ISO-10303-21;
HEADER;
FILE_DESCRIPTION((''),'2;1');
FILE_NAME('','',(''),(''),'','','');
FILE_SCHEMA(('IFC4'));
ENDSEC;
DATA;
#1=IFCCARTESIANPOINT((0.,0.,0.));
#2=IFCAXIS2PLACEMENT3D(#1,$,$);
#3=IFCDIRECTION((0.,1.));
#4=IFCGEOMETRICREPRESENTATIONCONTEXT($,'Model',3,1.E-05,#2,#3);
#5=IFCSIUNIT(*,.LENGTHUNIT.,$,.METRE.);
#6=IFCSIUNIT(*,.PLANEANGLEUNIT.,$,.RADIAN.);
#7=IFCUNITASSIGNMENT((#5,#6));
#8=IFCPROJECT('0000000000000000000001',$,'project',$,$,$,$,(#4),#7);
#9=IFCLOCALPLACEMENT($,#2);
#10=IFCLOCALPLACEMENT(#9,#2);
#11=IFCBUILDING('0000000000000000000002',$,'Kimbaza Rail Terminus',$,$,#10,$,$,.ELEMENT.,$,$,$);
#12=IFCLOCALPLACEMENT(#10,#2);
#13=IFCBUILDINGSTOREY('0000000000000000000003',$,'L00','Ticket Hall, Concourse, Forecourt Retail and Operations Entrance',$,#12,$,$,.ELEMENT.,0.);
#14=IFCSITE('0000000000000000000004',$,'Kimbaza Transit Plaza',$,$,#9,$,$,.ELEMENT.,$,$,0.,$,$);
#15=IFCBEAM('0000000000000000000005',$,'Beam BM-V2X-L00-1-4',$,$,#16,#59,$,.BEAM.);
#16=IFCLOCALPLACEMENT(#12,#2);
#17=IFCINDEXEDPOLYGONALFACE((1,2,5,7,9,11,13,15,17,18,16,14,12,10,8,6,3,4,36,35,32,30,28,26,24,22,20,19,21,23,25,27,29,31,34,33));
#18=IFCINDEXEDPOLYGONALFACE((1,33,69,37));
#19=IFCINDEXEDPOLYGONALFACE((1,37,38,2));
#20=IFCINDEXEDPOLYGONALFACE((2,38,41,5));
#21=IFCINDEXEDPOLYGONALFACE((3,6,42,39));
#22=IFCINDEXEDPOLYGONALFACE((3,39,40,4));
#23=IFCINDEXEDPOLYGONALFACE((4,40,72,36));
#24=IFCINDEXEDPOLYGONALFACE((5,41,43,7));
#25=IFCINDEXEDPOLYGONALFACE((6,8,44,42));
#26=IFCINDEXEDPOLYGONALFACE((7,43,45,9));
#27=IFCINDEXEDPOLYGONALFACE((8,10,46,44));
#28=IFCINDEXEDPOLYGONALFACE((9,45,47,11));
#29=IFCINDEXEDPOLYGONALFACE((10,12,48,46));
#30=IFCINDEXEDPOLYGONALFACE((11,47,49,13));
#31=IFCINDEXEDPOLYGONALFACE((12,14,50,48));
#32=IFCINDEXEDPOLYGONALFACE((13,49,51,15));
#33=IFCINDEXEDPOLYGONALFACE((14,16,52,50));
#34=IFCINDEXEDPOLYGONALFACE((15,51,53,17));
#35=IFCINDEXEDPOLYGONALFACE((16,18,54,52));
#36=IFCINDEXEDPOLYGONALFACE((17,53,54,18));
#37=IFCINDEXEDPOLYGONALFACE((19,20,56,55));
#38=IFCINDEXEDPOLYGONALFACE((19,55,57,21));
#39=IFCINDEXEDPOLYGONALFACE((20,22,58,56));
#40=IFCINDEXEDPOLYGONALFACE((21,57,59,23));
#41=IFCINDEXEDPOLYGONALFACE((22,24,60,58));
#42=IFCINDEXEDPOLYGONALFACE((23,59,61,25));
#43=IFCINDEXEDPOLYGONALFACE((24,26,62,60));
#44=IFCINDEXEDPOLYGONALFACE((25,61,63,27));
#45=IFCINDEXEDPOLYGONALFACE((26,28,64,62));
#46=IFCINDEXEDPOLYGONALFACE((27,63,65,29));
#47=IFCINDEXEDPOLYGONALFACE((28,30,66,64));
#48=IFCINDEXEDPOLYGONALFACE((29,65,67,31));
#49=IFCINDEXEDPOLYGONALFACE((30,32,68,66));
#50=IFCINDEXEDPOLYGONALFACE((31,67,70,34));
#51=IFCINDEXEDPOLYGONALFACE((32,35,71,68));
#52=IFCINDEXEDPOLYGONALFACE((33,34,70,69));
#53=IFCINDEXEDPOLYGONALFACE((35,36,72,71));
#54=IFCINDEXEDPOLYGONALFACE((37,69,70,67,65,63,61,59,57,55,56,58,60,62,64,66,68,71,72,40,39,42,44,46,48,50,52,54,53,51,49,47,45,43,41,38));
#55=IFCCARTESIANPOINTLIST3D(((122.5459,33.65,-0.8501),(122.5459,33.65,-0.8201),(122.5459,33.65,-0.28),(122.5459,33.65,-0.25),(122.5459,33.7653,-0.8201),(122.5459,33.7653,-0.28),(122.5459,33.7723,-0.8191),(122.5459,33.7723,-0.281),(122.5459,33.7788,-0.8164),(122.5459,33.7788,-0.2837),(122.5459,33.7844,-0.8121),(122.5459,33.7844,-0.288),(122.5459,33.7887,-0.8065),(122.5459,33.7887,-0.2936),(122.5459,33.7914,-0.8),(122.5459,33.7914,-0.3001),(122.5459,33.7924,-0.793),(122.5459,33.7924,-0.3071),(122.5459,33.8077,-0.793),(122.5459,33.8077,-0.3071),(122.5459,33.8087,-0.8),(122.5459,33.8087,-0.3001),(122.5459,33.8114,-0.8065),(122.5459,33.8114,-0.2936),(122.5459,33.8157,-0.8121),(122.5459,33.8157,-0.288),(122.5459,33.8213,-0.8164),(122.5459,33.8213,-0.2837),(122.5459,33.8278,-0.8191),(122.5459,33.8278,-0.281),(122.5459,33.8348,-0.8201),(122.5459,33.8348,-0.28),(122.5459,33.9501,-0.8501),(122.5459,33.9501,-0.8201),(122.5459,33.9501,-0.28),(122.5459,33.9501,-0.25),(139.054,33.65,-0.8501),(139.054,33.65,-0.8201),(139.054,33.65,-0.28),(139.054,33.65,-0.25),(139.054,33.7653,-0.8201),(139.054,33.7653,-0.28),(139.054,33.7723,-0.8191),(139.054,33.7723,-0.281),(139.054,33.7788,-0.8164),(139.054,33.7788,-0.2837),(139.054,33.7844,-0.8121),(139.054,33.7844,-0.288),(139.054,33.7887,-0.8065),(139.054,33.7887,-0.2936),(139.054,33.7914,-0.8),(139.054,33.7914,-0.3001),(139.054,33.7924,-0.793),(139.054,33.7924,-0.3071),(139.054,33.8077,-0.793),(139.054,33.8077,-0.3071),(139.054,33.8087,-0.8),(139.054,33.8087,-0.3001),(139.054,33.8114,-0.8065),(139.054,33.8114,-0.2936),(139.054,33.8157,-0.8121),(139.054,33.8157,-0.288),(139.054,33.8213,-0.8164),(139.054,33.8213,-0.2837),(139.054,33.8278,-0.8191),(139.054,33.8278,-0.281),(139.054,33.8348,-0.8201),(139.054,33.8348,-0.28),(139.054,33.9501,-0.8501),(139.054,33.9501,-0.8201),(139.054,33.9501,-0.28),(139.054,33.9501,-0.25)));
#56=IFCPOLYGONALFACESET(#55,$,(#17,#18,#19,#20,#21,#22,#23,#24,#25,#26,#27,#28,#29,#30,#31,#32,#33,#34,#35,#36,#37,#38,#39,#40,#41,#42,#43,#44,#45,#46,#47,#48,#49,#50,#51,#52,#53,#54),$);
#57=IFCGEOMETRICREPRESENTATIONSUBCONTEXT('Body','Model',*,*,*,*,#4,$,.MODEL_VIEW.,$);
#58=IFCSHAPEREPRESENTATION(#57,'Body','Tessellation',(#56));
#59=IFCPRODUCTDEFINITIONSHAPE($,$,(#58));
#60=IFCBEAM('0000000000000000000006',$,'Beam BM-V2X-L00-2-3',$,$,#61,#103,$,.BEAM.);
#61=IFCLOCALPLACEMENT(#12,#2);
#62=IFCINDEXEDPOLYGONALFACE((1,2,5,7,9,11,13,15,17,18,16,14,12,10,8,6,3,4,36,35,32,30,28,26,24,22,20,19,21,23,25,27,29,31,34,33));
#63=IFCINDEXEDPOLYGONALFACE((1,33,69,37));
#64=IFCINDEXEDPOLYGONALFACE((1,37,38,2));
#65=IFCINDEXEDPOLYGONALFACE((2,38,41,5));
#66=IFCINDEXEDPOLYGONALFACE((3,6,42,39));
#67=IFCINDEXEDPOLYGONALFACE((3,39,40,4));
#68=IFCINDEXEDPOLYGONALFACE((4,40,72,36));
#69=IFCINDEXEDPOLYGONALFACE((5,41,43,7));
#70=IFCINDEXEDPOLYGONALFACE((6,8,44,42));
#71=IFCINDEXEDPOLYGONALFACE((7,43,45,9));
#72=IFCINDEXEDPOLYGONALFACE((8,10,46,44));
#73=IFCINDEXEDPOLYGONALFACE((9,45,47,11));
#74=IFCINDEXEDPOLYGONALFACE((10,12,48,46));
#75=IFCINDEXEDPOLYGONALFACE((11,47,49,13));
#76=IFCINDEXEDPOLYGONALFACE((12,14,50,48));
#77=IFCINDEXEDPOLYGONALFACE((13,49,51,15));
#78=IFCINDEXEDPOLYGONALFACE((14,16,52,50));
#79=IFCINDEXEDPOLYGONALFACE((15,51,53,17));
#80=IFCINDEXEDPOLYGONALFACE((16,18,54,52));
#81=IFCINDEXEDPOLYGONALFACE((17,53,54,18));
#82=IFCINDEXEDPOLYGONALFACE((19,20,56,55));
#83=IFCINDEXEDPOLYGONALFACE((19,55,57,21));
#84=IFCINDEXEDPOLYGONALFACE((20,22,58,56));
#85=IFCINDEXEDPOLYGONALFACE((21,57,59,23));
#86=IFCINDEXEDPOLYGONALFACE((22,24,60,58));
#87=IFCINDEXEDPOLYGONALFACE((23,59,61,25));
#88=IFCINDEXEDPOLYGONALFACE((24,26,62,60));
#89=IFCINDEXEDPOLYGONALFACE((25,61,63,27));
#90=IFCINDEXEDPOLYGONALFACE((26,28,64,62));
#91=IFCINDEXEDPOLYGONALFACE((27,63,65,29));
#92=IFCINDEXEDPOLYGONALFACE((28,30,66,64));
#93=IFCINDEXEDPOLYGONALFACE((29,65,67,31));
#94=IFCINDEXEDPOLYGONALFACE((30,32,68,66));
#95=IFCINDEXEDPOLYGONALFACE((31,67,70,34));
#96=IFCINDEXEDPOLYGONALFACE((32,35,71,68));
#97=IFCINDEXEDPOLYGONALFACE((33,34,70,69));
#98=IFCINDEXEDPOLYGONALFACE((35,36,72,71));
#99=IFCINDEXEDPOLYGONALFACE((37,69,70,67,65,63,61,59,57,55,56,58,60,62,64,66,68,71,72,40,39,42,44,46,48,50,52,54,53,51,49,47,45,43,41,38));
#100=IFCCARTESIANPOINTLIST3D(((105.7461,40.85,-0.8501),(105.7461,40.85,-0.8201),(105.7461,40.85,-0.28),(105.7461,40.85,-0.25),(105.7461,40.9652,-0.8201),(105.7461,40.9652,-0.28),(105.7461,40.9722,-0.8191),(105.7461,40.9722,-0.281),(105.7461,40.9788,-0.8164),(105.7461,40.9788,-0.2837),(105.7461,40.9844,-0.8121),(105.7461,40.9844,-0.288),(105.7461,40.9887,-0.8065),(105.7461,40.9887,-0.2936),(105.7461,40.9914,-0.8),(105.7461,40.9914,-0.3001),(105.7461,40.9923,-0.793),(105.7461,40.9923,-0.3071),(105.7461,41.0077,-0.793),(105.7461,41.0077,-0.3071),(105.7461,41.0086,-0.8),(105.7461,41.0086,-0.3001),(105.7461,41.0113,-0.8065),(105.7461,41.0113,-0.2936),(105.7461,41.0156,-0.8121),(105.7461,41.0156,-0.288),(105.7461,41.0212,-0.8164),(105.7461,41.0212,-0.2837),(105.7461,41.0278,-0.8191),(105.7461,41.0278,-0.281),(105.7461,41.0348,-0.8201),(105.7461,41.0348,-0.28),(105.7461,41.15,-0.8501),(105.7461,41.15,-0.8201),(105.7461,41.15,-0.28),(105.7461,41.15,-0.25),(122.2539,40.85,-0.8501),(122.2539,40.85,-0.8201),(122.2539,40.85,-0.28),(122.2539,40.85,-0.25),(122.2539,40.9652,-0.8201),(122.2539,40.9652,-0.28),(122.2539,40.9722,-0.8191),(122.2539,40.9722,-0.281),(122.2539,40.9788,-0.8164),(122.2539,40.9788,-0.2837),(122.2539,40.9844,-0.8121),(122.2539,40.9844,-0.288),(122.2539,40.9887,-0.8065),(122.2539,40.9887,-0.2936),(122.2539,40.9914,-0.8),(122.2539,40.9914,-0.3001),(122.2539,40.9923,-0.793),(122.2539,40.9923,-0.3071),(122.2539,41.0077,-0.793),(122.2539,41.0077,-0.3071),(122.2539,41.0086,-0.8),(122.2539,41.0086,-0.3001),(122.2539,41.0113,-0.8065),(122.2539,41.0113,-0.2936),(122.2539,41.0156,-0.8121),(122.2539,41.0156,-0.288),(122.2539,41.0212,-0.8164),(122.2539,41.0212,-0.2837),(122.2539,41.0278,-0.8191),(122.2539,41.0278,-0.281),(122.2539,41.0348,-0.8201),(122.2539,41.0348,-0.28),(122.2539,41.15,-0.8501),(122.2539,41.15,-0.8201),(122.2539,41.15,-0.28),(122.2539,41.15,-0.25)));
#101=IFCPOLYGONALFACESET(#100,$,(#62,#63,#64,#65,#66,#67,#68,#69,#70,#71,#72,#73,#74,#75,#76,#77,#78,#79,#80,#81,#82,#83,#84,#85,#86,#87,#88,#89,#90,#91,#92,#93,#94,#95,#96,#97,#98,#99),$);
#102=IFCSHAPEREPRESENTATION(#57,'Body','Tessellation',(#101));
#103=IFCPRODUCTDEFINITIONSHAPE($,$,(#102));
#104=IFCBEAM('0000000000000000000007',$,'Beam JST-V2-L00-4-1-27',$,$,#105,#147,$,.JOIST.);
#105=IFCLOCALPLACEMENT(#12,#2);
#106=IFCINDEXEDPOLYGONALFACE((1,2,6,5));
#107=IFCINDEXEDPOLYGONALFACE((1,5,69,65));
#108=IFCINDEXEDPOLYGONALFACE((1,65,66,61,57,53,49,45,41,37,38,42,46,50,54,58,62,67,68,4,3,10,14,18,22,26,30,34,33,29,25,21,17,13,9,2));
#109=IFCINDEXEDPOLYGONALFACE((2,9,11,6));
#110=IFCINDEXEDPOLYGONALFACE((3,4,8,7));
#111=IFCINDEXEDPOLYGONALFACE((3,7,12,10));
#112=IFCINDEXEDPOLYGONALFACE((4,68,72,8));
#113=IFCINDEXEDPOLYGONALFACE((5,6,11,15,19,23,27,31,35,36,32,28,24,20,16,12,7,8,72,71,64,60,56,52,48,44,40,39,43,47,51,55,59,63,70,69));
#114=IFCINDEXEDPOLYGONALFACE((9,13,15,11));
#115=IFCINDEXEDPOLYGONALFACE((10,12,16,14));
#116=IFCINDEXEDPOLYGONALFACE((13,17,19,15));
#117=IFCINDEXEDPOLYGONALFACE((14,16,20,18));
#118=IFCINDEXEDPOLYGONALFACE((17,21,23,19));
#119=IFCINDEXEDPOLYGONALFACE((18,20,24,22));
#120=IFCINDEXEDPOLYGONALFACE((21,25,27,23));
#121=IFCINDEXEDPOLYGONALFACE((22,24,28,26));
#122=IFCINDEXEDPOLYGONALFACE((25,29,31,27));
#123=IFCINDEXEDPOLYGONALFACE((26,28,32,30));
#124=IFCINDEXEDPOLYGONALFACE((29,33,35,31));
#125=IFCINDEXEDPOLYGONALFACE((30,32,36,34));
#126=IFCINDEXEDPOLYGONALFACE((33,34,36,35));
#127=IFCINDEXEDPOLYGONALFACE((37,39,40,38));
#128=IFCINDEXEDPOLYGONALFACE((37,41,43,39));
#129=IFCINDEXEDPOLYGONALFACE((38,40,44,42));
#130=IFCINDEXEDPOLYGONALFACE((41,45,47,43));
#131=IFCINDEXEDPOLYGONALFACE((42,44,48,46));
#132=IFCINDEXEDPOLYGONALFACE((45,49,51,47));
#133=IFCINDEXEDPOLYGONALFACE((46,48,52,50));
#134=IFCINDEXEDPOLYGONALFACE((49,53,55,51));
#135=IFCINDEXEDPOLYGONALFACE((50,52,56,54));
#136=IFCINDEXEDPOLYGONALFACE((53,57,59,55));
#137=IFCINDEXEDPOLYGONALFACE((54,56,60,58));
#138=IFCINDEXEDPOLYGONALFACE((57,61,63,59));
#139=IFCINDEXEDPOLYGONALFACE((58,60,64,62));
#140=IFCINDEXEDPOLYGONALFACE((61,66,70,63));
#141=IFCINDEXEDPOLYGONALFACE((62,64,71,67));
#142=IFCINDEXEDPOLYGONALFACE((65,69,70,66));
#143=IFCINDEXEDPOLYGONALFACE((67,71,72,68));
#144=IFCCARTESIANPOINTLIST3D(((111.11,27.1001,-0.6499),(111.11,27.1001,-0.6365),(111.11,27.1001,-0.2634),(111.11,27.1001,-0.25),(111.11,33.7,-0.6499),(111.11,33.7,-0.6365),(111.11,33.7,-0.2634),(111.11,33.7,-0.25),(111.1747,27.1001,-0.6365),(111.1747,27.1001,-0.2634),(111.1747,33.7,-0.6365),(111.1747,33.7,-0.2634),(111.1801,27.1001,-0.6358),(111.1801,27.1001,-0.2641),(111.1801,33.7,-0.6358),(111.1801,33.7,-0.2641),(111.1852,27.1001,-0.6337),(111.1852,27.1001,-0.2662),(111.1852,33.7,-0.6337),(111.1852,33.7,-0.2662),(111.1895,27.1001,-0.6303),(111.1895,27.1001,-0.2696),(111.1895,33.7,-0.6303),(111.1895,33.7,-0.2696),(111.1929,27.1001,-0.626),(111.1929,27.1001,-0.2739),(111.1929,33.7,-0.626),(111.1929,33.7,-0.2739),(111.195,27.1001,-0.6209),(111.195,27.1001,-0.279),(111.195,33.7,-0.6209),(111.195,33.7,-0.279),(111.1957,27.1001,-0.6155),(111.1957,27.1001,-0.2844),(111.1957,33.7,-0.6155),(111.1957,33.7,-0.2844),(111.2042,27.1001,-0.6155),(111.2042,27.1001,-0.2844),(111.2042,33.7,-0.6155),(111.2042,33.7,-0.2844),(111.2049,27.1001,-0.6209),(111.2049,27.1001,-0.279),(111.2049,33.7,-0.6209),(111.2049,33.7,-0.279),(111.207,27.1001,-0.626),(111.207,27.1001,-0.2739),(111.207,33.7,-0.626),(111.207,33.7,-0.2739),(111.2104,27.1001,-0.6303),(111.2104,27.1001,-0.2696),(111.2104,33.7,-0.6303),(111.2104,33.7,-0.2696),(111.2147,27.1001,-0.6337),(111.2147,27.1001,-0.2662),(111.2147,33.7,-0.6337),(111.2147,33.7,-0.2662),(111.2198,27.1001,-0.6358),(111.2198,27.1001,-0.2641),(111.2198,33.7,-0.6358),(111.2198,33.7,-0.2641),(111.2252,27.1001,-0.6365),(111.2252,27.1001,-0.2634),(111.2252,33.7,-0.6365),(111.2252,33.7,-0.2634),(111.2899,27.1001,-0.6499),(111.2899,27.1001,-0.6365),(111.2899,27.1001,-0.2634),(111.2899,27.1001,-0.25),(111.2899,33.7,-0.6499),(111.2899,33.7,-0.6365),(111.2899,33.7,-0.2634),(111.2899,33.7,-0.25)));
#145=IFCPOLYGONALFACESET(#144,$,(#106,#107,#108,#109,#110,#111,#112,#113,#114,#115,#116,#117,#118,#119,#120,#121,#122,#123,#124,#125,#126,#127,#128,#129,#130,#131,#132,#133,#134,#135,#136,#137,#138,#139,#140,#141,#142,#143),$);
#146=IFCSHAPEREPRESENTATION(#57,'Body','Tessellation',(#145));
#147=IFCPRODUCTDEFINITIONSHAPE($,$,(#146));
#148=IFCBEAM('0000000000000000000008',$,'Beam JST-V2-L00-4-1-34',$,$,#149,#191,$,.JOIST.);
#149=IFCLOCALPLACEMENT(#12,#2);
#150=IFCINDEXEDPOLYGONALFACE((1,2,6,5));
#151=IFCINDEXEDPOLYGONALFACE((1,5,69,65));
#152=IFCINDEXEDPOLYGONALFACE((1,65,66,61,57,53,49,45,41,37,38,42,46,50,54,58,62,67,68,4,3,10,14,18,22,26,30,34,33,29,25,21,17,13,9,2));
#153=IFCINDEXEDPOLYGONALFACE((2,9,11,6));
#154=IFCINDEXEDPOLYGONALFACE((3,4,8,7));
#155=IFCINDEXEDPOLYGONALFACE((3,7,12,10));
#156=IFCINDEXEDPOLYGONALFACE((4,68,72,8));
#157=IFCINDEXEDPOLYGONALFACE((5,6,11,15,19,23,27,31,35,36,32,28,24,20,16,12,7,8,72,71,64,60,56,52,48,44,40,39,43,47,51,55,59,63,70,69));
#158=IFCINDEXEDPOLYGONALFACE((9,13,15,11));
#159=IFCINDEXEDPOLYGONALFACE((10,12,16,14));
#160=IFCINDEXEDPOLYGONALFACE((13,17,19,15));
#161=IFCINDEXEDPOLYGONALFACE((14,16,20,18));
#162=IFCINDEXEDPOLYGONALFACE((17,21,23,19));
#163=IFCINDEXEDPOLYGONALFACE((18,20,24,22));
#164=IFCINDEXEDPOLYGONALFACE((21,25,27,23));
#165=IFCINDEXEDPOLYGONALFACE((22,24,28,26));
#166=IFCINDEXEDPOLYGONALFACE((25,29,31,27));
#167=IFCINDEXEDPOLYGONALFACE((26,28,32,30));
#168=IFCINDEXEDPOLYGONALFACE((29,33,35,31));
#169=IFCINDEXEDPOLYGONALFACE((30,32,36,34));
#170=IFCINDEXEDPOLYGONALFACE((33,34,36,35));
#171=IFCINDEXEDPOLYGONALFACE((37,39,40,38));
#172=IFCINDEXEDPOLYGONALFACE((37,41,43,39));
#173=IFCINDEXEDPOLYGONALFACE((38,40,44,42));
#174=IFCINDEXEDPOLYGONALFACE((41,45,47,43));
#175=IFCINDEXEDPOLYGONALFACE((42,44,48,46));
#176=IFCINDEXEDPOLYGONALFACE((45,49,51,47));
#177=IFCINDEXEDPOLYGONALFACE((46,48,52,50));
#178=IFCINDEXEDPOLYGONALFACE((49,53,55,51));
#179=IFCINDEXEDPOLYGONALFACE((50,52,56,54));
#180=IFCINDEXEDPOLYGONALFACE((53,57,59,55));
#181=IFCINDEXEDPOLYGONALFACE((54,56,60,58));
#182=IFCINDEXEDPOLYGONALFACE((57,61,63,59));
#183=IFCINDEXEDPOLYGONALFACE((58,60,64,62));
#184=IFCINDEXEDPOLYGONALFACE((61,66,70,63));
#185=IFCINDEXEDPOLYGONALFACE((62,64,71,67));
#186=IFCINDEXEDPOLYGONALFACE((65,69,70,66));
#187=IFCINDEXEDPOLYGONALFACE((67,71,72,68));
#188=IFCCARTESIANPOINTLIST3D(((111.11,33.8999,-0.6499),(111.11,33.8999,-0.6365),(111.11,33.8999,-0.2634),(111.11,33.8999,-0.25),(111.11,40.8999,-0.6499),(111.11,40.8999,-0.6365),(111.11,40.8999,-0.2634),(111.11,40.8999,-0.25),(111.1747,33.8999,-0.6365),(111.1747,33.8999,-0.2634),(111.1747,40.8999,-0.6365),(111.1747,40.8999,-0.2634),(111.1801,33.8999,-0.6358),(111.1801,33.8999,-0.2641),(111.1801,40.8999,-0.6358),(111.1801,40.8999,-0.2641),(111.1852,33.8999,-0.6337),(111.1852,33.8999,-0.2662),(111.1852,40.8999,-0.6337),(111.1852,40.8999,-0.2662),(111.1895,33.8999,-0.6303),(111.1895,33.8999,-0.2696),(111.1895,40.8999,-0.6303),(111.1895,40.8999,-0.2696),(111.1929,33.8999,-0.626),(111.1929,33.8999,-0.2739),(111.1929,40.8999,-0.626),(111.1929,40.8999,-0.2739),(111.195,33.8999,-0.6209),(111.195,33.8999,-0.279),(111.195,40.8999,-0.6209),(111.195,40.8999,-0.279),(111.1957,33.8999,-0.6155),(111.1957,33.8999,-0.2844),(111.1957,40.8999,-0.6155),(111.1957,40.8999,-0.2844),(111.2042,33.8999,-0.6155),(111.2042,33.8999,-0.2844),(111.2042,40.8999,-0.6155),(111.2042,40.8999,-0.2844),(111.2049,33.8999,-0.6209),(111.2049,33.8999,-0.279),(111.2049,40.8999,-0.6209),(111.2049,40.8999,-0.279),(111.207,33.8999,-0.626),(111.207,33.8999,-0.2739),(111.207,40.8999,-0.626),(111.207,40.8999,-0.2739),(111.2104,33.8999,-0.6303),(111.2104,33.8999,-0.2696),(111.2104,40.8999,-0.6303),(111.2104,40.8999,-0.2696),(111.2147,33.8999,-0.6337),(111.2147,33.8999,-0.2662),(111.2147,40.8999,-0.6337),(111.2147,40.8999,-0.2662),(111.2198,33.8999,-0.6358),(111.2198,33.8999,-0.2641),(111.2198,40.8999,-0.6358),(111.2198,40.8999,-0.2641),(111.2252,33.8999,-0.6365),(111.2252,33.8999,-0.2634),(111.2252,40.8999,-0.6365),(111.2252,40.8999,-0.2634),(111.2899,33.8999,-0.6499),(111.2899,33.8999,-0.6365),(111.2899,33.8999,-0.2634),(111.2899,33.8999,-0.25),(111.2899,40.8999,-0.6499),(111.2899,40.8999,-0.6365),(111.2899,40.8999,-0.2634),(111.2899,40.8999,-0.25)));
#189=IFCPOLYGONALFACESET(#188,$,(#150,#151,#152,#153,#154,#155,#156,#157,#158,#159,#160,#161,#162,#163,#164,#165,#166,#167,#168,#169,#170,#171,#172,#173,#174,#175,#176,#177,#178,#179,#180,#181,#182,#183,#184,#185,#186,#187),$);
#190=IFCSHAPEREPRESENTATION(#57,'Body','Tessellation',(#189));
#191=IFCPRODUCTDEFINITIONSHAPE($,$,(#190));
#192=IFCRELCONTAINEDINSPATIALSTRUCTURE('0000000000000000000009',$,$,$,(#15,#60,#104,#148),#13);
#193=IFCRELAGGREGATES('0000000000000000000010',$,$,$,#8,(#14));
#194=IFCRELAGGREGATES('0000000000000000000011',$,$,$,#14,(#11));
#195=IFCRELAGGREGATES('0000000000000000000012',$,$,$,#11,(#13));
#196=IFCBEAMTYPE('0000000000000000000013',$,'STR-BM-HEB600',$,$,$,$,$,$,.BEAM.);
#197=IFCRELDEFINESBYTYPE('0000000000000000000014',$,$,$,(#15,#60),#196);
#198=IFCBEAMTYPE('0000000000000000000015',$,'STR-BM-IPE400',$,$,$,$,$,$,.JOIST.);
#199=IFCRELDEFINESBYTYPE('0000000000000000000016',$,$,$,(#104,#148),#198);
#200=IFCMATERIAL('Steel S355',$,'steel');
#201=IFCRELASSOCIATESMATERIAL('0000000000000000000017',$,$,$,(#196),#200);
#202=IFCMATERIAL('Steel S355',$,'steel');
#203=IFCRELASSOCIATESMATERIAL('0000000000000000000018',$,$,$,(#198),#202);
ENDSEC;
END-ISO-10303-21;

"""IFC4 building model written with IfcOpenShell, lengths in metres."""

from ifc_helpers import new_model, si_unit, direction, frame, origin, origin_2d, place, context, subcontext, project, spatial, i_section, extrude, material, material_profile, profile_set, type_object, element, save


model = new_model("IFC4")

# Units and contexts
model_context = context("Model", 3, precision=1e-05, world=origin(), true_north=direction((0.0, 1.0)))
body_context = subcontext(model_context, "Body", "Model", "MODEL_VIEW")
ifc_project = project(units=[si_unit("LENGTHUNIT", "METRE"), si_unit("PLANEANGLEUNIT", "RADIAN")], contexts=[model_context])

# Site, building, storey
site_placement = place(None, origin())
site = spatial("IfcSite", under=ifc_project, at=site_placement, Name="Kimbaza Transit Plaza", CompositionType="ELEMENT", RefElevation=0.0)
building_placement = place(site_placement, origin())
building = spatial("IfcBuilding", under=site, at=building_placement, Name="Kimbaza Rail Terminus", CompositionType="ELEMENT")
storey_placement = place(building_placement, origin())
storey = spatial("IfcBuildingStorey", under=building, at=storey_placement, Name="L00", Description="Ticket Hall, Concourse, Forecourt Retail and Operations Entrance", CompositionType="ELEMENT", Elevation=0.0)

# Beams
ifc_material_1 = material(Name="Steel S355", Category="steel")
ifc_material_profile_1 = material_profile(ifc_material_1, i_section(OverallWidth=0.3, OverallDepth=0.6001, WebThickness=0.0154, FlangeThickness=0.03, FilletRadius=0.0271, at=origin_2d()), Name="HEB 600")
ifc_profile_set_1 = profile_set([ifc_material_profile_1], Name="Steel S355")
beam_type_1 = type_object("IfcBeamType", Name="STR-BM-HEB600", PredefinedType="BEAM", material=ifc_profile_set_1)
beam_1_placement = place(storey_placement, frame((122.5459, 33.8, -0.55), z_axis=(1.0, 0.0, 0.0), x_axis=(0.0, 1.0, 0.0)))
element("IfcBeam", 1, at=beam_1_placement, inside=storey, type_object=beam_type_1, Name="Beam BM-V2X-L00-1-4", PredefinedType="BEAM", context=body_context, shape_type="SweptSolid", body=[
    extrude(i_section(OverallWidth=0.3, OverallDepth=0.6001, WebThickness=0.0154, FlangeThickness=0.03, FilletRadius=0.0271, at=origin_2d()), origin(), (0.0, 0.0, 1.0), 16.5081),
])
beam_2_placement = place(storey_placement, frame((105.7461, 41.0, -0.55), z_axis=(1.0, 0.0, 0.0), x_axis=(0.0, 1.0, 0.0)))
element("IfcBeam", 2, at=beam_2_placement, inside=storey, type_object=beam_type_1, Name="Beam BM-V2X-L00-2-3", PredefinedType="BEAM", context=body_context, shape_type="SweptSolid", body=[
    extrude(i_section(OverallWidth=0.3, OverallDepth=0.6001, WebThickness=0.0154, FlangeThickness=0.03, FilletRadius=0.0271, at=origin_2d()), origin(), (0.0, 0.0, 1.0), 16.5078),
])
ifc_material_2 = material(Name="Steel S355", Category="steel")
ifc_material_profile_2 = material_profile(ifc_material_2, i_section(OverallWidth=0.1799, OverallDepth=0.3999, WebThickness=0.0085, FlangeThickness=0.0134, FilletRadius=0.021, at=origin_2d()), Name="IPE 400")
ifc_profile_set_2 = profile_set([ifc_material_profile_2], Name="Steel S355")
beam_type_2 = type_object("IfcBeamType", Name="STR-BM-IPE400", PredefinedType="JOIST", material=ifc_profile_set_2)
beam_3_placement = place(storey_placement, frame((111.2, 27.1001, -0.45), z_axis=(0.0, 1.0, 0.0), x_axis=(-1.0, 0.0, 0.0)))
element("IfcBeam", 3, at=beam_3_placement, inside=storey, type_object=beam_type_2, Name="Beam JST-V2-L00-4-1-27", PredefinedType="JOIST", context=body_context, shape_type="SweptSolid", body=[
    extrude(i_section(OverallWidth=0.1799, OverallDepth=0.3999, WebThickness=0.0085, FlangeThickness=0.0134, FilletRadius=0.021, at=origin_2d()), origin(), (0.0, 0.0, 1.0), 6.5999),
])
beam_4_placement = place(storey_placement, frame((111.2, 33.8999, -0.45), z_axis=(0.0, 1.0, 0.0), x_axis=(-1.0, 0.0, 0.0)))
element("IfcBeam", 4, at=beam_4_placement, inside=storey, type_object=beam_type_2, Name="Beam JST-V2-L00-4-1-34", PredefinedType="JOIST", context=body_context, shape_type="SweptSolid", body=[
    extrude(i_section(OverallWidth=0.1799, OverallDepth=0.3999, WebThickness=0.0085, FlangeThickness=0.0134, FilletRadius=0.021, at=origin_2d()), origin(), (0.0, 0.0, 1.0), 7.0),
])

save(model, "model.ifc")
